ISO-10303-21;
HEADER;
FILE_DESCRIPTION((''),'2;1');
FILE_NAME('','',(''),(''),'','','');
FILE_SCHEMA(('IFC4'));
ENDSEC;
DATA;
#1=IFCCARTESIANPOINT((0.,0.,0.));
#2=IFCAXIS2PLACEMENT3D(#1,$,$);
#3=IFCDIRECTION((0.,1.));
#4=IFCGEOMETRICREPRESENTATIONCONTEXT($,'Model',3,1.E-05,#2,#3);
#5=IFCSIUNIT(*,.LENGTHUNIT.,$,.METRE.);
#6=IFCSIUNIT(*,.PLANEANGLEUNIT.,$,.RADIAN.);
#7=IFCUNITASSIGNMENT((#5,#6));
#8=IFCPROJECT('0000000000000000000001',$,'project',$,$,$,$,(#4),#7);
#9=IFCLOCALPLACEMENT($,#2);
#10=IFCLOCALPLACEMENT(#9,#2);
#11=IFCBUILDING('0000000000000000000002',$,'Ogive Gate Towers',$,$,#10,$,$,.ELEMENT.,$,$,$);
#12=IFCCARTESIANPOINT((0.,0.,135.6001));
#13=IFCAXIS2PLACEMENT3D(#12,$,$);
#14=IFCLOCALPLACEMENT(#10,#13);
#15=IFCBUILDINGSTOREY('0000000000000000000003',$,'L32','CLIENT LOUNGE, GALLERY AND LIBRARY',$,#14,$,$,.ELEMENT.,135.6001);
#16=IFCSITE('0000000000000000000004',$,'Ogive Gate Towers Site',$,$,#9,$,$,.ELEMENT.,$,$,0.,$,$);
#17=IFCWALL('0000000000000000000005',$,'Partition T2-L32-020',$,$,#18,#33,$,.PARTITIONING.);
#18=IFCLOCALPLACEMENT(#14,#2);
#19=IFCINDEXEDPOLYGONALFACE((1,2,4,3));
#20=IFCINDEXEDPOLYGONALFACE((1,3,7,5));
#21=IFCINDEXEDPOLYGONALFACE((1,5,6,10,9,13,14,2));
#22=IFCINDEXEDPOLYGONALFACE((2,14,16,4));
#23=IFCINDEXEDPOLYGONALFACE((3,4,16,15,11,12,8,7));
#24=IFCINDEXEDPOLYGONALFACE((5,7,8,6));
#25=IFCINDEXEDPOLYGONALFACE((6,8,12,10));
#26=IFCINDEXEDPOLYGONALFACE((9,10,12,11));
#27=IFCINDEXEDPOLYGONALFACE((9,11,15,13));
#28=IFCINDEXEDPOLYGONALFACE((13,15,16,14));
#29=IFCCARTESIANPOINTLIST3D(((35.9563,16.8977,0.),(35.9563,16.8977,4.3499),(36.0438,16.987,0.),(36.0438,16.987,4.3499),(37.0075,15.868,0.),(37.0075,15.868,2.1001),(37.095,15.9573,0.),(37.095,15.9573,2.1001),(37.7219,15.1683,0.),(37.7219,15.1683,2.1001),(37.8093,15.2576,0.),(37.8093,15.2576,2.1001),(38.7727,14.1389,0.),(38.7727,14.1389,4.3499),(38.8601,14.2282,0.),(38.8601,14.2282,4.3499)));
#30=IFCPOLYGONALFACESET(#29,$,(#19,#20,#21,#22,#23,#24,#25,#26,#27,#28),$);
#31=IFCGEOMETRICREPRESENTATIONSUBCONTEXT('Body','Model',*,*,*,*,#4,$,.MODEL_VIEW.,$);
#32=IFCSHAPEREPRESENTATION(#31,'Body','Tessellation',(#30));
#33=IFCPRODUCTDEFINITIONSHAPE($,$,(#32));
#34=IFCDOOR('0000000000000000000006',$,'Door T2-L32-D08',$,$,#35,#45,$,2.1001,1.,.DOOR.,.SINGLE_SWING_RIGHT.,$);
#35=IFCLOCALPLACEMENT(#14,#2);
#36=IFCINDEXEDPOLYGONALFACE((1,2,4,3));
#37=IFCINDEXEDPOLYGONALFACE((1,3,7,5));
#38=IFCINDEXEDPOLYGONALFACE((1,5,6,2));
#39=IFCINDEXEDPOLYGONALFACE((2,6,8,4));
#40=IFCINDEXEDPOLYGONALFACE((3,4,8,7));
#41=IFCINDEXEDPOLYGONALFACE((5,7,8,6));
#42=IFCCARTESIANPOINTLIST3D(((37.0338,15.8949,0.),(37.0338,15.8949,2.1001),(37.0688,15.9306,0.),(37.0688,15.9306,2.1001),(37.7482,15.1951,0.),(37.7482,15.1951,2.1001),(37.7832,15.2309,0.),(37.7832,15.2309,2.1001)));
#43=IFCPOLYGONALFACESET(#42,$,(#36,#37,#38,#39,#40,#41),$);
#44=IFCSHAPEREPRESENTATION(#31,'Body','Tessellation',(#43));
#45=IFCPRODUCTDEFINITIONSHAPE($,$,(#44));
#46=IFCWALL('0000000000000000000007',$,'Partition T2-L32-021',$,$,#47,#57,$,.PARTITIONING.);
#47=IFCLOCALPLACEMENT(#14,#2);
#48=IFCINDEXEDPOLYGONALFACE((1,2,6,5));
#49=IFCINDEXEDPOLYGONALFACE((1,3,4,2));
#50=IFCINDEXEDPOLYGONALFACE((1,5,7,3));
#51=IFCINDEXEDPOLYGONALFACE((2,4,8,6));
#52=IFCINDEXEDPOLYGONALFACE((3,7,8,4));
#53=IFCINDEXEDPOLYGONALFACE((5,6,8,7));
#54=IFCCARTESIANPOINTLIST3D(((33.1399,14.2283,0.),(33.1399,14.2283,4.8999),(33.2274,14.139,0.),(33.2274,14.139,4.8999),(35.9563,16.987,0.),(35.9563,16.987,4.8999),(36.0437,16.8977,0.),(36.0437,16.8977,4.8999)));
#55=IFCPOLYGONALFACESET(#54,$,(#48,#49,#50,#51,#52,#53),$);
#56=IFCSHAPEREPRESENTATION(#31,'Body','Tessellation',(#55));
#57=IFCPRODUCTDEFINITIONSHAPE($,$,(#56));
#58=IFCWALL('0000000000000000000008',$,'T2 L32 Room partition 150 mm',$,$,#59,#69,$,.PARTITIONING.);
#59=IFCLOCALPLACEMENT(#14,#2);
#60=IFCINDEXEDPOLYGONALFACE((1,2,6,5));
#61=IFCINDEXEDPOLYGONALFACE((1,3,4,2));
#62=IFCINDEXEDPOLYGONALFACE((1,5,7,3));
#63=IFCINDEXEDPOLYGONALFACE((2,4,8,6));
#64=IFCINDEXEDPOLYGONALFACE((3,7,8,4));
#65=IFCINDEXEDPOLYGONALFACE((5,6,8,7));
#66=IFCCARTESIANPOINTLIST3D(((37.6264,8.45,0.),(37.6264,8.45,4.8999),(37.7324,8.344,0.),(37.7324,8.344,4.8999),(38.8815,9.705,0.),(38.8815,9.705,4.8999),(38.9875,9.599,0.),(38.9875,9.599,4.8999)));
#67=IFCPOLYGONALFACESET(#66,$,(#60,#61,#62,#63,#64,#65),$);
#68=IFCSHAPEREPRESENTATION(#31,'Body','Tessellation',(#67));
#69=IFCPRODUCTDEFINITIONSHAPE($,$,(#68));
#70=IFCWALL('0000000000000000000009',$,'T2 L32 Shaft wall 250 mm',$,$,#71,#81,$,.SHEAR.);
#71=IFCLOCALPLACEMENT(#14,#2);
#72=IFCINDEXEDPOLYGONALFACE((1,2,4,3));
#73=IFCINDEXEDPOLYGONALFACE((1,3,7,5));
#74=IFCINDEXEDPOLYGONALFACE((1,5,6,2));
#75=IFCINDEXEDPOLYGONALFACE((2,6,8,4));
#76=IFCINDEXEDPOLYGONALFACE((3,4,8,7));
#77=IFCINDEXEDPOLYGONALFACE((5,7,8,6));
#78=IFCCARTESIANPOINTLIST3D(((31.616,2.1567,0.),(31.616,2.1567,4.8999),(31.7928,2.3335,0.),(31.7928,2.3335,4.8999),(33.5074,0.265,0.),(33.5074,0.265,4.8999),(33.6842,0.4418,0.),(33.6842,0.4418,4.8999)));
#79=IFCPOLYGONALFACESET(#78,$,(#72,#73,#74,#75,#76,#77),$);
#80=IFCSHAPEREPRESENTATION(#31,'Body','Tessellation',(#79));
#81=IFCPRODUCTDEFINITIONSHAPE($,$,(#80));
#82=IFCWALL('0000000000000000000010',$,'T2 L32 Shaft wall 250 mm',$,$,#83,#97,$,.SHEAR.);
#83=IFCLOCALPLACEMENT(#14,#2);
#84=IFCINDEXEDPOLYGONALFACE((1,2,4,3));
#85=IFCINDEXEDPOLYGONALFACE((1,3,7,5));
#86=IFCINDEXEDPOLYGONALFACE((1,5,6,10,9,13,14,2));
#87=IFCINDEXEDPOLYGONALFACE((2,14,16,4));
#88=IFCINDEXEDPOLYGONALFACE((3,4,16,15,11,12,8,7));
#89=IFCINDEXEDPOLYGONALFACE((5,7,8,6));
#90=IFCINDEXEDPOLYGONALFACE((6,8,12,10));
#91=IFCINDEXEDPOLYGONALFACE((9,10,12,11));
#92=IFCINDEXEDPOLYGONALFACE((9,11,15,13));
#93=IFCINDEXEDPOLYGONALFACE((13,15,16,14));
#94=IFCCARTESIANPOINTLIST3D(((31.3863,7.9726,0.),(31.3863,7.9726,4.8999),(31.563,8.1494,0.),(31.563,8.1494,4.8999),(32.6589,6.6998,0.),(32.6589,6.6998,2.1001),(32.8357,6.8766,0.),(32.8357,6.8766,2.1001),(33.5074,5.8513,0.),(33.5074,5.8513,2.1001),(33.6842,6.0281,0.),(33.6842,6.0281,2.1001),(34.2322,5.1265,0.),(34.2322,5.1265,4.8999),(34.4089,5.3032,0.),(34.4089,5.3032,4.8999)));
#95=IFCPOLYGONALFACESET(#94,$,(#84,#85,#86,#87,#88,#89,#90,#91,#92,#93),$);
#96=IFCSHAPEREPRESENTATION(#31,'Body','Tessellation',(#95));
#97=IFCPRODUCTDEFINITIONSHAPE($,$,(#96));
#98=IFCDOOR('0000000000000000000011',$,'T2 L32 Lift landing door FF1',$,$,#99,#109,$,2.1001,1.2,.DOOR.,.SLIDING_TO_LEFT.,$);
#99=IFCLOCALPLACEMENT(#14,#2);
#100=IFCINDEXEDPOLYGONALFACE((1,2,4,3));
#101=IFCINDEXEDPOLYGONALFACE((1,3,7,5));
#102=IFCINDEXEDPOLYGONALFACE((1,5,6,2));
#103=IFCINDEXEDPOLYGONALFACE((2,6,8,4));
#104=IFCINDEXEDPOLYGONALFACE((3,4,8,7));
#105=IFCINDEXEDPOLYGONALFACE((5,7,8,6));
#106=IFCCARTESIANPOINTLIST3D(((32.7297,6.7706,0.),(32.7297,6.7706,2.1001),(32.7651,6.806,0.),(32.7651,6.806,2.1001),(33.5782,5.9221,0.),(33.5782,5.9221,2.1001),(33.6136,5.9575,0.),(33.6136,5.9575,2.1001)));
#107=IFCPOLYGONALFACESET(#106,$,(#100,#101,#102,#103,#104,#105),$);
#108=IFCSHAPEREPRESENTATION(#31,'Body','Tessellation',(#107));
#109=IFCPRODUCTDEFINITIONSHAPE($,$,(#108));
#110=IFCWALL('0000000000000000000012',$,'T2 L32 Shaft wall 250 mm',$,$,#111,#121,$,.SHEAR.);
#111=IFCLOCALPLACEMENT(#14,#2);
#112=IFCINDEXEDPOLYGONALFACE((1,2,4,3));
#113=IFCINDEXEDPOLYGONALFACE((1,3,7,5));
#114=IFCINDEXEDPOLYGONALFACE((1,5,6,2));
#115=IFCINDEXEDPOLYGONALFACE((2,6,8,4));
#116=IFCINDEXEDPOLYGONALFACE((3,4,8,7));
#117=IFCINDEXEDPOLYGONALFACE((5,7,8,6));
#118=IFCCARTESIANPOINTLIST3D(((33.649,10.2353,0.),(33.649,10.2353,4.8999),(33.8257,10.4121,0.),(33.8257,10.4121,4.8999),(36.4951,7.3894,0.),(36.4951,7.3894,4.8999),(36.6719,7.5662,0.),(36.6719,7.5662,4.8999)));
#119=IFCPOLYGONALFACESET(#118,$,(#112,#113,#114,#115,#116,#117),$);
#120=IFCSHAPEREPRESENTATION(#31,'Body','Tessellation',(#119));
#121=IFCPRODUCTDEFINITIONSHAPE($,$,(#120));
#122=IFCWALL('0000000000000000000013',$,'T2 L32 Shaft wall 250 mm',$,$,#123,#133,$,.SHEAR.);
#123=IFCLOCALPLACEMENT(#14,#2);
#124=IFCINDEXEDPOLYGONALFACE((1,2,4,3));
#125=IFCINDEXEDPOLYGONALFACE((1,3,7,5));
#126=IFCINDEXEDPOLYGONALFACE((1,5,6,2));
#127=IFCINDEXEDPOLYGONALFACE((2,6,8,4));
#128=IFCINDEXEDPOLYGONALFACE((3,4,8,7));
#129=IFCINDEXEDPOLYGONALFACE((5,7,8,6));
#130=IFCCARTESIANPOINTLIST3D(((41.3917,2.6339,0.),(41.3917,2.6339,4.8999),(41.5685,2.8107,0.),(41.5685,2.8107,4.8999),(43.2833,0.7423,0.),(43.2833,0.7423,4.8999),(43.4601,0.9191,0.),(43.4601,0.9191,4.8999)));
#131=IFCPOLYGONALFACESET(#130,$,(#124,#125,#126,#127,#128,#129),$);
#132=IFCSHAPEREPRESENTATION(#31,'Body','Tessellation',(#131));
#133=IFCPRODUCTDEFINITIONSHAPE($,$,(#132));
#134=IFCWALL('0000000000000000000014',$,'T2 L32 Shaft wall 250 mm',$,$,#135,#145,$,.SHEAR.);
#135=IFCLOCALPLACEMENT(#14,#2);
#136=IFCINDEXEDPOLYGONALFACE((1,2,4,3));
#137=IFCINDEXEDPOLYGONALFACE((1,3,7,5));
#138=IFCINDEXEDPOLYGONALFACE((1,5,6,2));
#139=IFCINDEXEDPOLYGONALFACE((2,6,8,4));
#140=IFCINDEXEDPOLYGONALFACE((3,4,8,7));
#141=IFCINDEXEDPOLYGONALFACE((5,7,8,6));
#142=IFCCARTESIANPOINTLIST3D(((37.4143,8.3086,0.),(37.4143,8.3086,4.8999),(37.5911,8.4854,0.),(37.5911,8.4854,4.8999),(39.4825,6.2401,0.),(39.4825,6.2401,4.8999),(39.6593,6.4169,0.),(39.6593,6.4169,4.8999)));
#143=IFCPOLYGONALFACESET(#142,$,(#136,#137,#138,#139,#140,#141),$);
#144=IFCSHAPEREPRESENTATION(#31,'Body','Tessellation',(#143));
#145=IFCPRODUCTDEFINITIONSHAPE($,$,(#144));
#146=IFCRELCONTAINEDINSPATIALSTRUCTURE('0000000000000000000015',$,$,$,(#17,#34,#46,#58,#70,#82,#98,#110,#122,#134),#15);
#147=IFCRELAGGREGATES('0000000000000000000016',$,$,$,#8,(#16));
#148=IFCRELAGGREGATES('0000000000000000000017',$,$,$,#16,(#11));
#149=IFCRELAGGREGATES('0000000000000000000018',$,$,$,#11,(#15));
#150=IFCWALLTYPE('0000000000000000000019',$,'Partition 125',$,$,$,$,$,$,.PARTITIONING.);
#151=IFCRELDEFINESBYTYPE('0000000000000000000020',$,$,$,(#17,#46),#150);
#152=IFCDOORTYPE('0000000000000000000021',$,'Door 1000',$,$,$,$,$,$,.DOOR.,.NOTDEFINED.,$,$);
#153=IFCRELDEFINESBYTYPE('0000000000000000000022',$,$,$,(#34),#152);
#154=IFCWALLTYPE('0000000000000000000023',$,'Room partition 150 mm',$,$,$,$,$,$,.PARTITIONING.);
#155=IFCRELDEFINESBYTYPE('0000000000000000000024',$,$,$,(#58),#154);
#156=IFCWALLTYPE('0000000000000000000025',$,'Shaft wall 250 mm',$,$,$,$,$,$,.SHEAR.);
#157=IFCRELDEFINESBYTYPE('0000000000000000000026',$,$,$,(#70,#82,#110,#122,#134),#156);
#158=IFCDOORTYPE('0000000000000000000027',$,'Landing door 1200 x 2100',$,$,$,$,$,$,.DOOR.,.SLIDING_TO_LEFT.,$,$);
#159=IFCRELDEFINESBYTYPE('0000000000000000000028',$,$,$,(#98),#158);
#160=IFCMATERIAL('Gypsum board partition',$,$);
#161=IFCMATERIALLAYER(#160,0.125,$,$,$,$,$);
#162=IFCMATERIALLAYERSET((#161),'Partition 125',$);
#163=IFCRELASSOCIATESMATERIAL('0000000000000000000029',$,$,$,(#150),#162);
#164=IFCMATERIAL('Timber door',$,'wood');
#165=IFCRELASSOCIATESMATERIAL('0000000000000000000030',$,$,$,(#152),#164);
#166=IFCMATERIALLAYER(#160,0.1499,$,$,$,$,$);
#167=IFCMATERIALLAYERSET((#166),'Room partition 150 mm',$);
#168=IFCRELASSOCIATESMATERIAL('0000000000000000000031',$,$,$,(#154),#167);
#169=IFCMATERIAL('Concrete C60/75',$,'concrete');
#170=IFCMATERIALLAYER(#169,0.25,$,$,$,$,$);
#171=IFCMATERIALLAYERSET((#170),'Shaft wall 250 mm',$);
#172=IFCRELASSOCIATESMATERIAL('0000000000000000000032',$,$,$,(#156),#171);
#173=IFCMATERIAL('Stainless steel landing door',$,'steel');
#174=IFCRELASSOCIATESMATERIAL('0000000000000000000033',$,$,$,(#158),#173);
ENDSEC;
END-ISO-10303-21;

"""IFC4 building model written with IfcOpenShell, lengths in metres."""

from ifc_helpers import new_model, si_unit, direction, frame, frame_2d, origin, place, context, subcontext, project, spatial, rectangle, extrude, material, layer, layer_set, type_object, element, fill, save


model = new_model("IFC4")

# Units and contexts
model_context = context("Model", 3, precision=1e-05, world=origin(), true_north=direction((0.0, 1.0)))
body_context = subcontext(model_context, "Body", "Model", "MODEL_VIEW")
ifc_project = project(units=[si_unit("LENGTHUNIT", "METRE"), si_unit("PLANEANGLEUNIT", "RADIAN")], contexts=[model_context])

# Site, building, storey
site_placement = place(None, origin())
site = spatial("IfcSite", under=ifc_project, at=site_placement, Name="Ogive Gate Towers Site", CompositionType="ELEMENT", RefElevation=0.0)
building_placement = place(site_placement, origin())
building = spatial("IfcBuilding", under=site, at=building_placement, Name="Ogive Gate Towers", CompositionType="ELEMENT")
storey_placement = place(building_placement, frame((0.0, 0.0, 135.6001)))
storey = spatial("IfcBuildingStorey", under=building, at=storey_placement, Name="L32", Description="CLIENT LOUNGE, GALLERY AND LIBRARY", CompositionType="ELEMENT", Elevation=135.6001)

# Shared definitions
ifc_material_1 = material(Name="Gypsum board partition")
ifc_layer_1 = layer(ifc_material_1, 0.125)
ifc_layer_set_1 = layer_set([ifc_layer_1], Name="Partition 125")
wall_type_1 = type_object("IfcWallType", Name="Partition 125", PredefinedType="PARTITIONING", material=ifc_layer_set_1)

# Wall, opening, door
ifc_material_2 = material(Name="Timber door", Category="wood")
wall_1_placement = place(storey_placement, frame((38.8164, 14.1836, 0.0), z_axis=(0.0, 0.0, 1.0), x_axis=(-0.714376, 0.699762, 0.0)))
wall_1 = element("IfcWall", 1, at=wall_1_placement, inside=storey, type_object=wall_type_1, Name="Partition T2-L32-020", PredefinedType="PARTITIONING", context=body_context, shape_type="SweptSolid", body=[
    extrude(rectangle(XDim=3.9424, YDim=0.125, at=frame_2d((1.9712, 0.0))), origin(), (0.0, 0.0, 1.0), 4.3499),
])
opening_1_placement = place(wall_1_placement, frame((1.4709, 0.0, 0.0)))
opening_1 = element("IfcOpeningElement", 2, at=opening_1_placement, cuts=wall_1, PredefinedType="OPENING", context=body_context, shape_type="SweptSolid", body=[
    extrude(rectangle(XDim=1.0, YDim=2.1001, at=frame_2d((0.5, 1.05))), frame((0.0, 0.0725, 0.0), z_axis=(0.0, -1.0, 0.0), x_axis=(1.0, 0.0, 0.0)), (0.0, 0.0, 1.0), 0.145),
])
door_type_1 = type_object("IfcDoorType", Name="Door 1000", OperationType="NOTDEFINED", PredefinedType="DOOR", material=ifc_material_2)
door_1_placement = place(opening_1_placement, origin())
door_1 = element("IfcDoor", 3, at=door_1_placement, inside=storey, type_object=door_type_1, Name="Door T2-L32-D08", OperationType="SINGLE_SWING_RIGHT", OverallHeight=2.1001, OverallWidth=1.0, PredefinedType="DOOR", context=body_context, shape_type="SweptSolid", body=[
    extrude(rectangle(XDim=1.0, YDim=2.1001, at=frame_2d((0.5, 1.05))), frame((0.0, 0.0249, 0.0), z_axis=(0.0, -1.0, 0.0), x_axis=(1.0, 0.0, 0.0)), (0.0, 0.0, 1.0), 0.05),
])
fill(opening_1, door_1)

# Walls
wall_2_placement = place(storey_placement, frame((36.0, 16.9424, 0.0), z_axis=(0.0, 0.0, 1.0), x_axis=(-0.714376, -0.699762, 0.0)))
element("IfcWall", 4, at=wall_2_placement, inside=storey, type_object=wall_type_1, Name="Partition T2-L32-021", PredefinedType="PARTITIONING", context=body_context, shape_type="SweptSolid", body=[
    extrude(rectangle(XDim=3.9424, YDim=0.125, at=frame_2d((1.9712, 0.0))), origin(), (0.0, 0.0, 1.0), 4.8999),
])
ifc_layer_2 = layer(ifc_material_1, 0.1499)
ifc_layer_set_2 = layer_set([ifc_layer_2], Name="Room partition 150 mm")
wall_type_2 = type_object("IfcWallType", Name="Room partition 150 mm", PredefinedType="PARTITIONING", material=ifc_layer_set_2)
wall_3_placement = place(storey_placement, frame((37.6794, 8.397, 0.0), z_axis=(0.0, 0.0, 1.0), x_axis=(0.707107, 0.707107, 0.0)))
element("IfcWall", 5, at=wall_3_placement, inside=storey, type_object=wall_type_2, Name="T2 L32 Room partition 150 mm", PredefinedType="PARTITIONING", context=body_context, shape_type="SweptSolid", body=[
    extrude(rectangle(XDim=1.7749, YDim=0.1499, at=frame_2d((0.8875, 0.0))), origin(), (0.0, 0.0, 1.0), 4.8999),
])
ifc_material_3 = material(Name="Concrete C60/75", Category="concrete")
ifc_layer_3 = layer(ifc_material_3, 0.25)
ifc_layer_set_3 = layer_set([ifc_layer_3], Name="Shaft wall 250 mm")
wall_type_3 = type_object("IfcWallType", Name="Shaft wall 250 mm", PredefinedType="SHEAR", material=ifc_layer_set_3)
wall_4_placement = place(storey_placement, frame((33.5957, 0.3535, 0.0), z_axis=(0.0, 0.0, 1.0), x_axis=(-0.707061, 0.707152, 0.0)))
element("IfcWall", 6, at=wall_4_placement, inside=storey, type_object=wall_type_3, Name="T2 L32 Shaft wall 250 mm", PredefinedType="SHEAR", context=body_context, shape_type="SweptSolid", body=[
    extrude(rectangle(XDim=2.675, YDim=0.25, at=frame_2d((1.3374, 0.0))), origin(), (0.0, 0.0, 1.0), 4.8999),
])

# Wall, opening, door
wall_5_placement = place(storey_placement, frame((34.3206, 5.2148, 0.0), z_axis=(0.0, 0.0, 1.0), x_axis=(-0.707076, 0.707137, 0.0)))
wall_5 = element("IfcWall", 7, at=wall_5_placement, inside=storey, type_object=wall_type_3, Name="T2 L32 Shaft wall 250 mm", PredefinedType="SHEAR", context=body_context, shape_type="SweptSolid", body=[
    extrude(rectangle(XDim=4.0249, YDim=0.25, at=frame_2d((2.0125, 0.0))), origin(), (0.0, 0.0, 1.0), 4.8999),
])
opening_2_placement = place(wall_5_placement, frame((1.0249, 0.0, 0.0)))
opening_2 = element("IfcOpeningElement", 8, at=opening_2_placement, cuts=wall_5, PredefinedType="OPENING", context=body_context, shape_type="SweptSolid", body=[
    extrude(rectangle(XDim=1.2, YDim=2.1001, at=frame_2d((0.6001, 1.05))), frame((0.0, 0.135, 0.0), z_axis=(0.0, -1.0, 0.0), x_axis=(1.0, 0.0, 0.0)), (0.0, 0.0, 1.0), 0.27),
])
ifc_material_4 = material(Name="Stainless steel landing door", Category="steel")
door_type_2 = type_object("IfcDoorType", Name="Landing door 1200 x 2100", OperationType="SLIDING_TO_LEFT", PredefinedType="DOOR", material=ifc_material_4)
door_2_placement = place(opening_2_placement, origin())
door_2 = element("IfcDoor", 9, at=door_2_placement, inside=storey, type_object=door_type_2, Name="T2 L32 Lift landing door FF1", OperationType="SLIDING_TO_LEFT", OverallHeight=2.1001, OverallWidth=1.2, PredefinedType="DOOR", context=body_context, shape_type="SweptSolid", body=[
    extrude(rectangle(XDim=1.2, YDim=2.1001, at=frame_2d((0.6001, 1.05))), frame((0.0, 0.0249, 0.0), z_axis=(0.0, -1.0, 0.0), x_axis=(1.0, 0.0, 0.0)), (0.0, 0.0, 1.0), 0.05),
])
fill(opening_2, door_2)

# Walls
wall_6_placement = place(storey_placement, frame((36.5835, 7.4778, 0.0), z_axis=(0.0, 0.0, 1.0), x_axis=(-0.707137, 0.707076, 0.0)))
element("IfcWall", 10, at=wall_6_placement, inside=storey, type_object=wall_type_3, Name="T2 L32 Shaft wall 250 mm", PredefinedType="SHEAR", context=body_context, shape_type="SweptSolid", body=[
    extrude(rectangle(XDim=4.0249, YDim=0.25, at=frame_2d((2.0125, 0.0))), origin(), (0.0, 0.0, 1.0), 4.8999),
])
wall_7_placement = place(storey_placement, frame((43.3716, 0.8308, 0.0), z_axis=(0.0, 0.0, 1.0), x_axis=(-0.707107, 0.707107, 0.0)))
element("IfcWall", 11, at=wall_7_placement, inside=storey, type_object=wall_type_3, Name="T2 L32 Shaft wall 250 mm", PredefinedType="SHEAR", context=body_context, shape_type="SweptSolid", body=[
    extrude(rectangle(XDim=2.675, YDim=0.25, at=frame_2d((1.3374, 0.0))), origin(), (0.0, 0.0, 1.0), 4.8999),
])
wall_8_placement = place(storey_placement, frame((39.5708, 6.3286, 0.0), z_axis=(0.0, 0.0, 1.0), x_axis=(-0.707065, 0.707149, 0.0)))
element("IfcWall", 12, at=wall_8_placement, inside=storey, type_object=wall_type_3, Name="T2 L32 Shaft wall 250 mm", PredefinedType="SHEAR", context=body_context, shape_type="SweptSolid", body=[
    extrude(rectangle(XDim=2.925, YDim=0.25, at=frame_2d((1.4624, 0.0))), origin(), (0.0, 0.0, 1.0), 4.8999),
])

save(model, "model.ifc")
